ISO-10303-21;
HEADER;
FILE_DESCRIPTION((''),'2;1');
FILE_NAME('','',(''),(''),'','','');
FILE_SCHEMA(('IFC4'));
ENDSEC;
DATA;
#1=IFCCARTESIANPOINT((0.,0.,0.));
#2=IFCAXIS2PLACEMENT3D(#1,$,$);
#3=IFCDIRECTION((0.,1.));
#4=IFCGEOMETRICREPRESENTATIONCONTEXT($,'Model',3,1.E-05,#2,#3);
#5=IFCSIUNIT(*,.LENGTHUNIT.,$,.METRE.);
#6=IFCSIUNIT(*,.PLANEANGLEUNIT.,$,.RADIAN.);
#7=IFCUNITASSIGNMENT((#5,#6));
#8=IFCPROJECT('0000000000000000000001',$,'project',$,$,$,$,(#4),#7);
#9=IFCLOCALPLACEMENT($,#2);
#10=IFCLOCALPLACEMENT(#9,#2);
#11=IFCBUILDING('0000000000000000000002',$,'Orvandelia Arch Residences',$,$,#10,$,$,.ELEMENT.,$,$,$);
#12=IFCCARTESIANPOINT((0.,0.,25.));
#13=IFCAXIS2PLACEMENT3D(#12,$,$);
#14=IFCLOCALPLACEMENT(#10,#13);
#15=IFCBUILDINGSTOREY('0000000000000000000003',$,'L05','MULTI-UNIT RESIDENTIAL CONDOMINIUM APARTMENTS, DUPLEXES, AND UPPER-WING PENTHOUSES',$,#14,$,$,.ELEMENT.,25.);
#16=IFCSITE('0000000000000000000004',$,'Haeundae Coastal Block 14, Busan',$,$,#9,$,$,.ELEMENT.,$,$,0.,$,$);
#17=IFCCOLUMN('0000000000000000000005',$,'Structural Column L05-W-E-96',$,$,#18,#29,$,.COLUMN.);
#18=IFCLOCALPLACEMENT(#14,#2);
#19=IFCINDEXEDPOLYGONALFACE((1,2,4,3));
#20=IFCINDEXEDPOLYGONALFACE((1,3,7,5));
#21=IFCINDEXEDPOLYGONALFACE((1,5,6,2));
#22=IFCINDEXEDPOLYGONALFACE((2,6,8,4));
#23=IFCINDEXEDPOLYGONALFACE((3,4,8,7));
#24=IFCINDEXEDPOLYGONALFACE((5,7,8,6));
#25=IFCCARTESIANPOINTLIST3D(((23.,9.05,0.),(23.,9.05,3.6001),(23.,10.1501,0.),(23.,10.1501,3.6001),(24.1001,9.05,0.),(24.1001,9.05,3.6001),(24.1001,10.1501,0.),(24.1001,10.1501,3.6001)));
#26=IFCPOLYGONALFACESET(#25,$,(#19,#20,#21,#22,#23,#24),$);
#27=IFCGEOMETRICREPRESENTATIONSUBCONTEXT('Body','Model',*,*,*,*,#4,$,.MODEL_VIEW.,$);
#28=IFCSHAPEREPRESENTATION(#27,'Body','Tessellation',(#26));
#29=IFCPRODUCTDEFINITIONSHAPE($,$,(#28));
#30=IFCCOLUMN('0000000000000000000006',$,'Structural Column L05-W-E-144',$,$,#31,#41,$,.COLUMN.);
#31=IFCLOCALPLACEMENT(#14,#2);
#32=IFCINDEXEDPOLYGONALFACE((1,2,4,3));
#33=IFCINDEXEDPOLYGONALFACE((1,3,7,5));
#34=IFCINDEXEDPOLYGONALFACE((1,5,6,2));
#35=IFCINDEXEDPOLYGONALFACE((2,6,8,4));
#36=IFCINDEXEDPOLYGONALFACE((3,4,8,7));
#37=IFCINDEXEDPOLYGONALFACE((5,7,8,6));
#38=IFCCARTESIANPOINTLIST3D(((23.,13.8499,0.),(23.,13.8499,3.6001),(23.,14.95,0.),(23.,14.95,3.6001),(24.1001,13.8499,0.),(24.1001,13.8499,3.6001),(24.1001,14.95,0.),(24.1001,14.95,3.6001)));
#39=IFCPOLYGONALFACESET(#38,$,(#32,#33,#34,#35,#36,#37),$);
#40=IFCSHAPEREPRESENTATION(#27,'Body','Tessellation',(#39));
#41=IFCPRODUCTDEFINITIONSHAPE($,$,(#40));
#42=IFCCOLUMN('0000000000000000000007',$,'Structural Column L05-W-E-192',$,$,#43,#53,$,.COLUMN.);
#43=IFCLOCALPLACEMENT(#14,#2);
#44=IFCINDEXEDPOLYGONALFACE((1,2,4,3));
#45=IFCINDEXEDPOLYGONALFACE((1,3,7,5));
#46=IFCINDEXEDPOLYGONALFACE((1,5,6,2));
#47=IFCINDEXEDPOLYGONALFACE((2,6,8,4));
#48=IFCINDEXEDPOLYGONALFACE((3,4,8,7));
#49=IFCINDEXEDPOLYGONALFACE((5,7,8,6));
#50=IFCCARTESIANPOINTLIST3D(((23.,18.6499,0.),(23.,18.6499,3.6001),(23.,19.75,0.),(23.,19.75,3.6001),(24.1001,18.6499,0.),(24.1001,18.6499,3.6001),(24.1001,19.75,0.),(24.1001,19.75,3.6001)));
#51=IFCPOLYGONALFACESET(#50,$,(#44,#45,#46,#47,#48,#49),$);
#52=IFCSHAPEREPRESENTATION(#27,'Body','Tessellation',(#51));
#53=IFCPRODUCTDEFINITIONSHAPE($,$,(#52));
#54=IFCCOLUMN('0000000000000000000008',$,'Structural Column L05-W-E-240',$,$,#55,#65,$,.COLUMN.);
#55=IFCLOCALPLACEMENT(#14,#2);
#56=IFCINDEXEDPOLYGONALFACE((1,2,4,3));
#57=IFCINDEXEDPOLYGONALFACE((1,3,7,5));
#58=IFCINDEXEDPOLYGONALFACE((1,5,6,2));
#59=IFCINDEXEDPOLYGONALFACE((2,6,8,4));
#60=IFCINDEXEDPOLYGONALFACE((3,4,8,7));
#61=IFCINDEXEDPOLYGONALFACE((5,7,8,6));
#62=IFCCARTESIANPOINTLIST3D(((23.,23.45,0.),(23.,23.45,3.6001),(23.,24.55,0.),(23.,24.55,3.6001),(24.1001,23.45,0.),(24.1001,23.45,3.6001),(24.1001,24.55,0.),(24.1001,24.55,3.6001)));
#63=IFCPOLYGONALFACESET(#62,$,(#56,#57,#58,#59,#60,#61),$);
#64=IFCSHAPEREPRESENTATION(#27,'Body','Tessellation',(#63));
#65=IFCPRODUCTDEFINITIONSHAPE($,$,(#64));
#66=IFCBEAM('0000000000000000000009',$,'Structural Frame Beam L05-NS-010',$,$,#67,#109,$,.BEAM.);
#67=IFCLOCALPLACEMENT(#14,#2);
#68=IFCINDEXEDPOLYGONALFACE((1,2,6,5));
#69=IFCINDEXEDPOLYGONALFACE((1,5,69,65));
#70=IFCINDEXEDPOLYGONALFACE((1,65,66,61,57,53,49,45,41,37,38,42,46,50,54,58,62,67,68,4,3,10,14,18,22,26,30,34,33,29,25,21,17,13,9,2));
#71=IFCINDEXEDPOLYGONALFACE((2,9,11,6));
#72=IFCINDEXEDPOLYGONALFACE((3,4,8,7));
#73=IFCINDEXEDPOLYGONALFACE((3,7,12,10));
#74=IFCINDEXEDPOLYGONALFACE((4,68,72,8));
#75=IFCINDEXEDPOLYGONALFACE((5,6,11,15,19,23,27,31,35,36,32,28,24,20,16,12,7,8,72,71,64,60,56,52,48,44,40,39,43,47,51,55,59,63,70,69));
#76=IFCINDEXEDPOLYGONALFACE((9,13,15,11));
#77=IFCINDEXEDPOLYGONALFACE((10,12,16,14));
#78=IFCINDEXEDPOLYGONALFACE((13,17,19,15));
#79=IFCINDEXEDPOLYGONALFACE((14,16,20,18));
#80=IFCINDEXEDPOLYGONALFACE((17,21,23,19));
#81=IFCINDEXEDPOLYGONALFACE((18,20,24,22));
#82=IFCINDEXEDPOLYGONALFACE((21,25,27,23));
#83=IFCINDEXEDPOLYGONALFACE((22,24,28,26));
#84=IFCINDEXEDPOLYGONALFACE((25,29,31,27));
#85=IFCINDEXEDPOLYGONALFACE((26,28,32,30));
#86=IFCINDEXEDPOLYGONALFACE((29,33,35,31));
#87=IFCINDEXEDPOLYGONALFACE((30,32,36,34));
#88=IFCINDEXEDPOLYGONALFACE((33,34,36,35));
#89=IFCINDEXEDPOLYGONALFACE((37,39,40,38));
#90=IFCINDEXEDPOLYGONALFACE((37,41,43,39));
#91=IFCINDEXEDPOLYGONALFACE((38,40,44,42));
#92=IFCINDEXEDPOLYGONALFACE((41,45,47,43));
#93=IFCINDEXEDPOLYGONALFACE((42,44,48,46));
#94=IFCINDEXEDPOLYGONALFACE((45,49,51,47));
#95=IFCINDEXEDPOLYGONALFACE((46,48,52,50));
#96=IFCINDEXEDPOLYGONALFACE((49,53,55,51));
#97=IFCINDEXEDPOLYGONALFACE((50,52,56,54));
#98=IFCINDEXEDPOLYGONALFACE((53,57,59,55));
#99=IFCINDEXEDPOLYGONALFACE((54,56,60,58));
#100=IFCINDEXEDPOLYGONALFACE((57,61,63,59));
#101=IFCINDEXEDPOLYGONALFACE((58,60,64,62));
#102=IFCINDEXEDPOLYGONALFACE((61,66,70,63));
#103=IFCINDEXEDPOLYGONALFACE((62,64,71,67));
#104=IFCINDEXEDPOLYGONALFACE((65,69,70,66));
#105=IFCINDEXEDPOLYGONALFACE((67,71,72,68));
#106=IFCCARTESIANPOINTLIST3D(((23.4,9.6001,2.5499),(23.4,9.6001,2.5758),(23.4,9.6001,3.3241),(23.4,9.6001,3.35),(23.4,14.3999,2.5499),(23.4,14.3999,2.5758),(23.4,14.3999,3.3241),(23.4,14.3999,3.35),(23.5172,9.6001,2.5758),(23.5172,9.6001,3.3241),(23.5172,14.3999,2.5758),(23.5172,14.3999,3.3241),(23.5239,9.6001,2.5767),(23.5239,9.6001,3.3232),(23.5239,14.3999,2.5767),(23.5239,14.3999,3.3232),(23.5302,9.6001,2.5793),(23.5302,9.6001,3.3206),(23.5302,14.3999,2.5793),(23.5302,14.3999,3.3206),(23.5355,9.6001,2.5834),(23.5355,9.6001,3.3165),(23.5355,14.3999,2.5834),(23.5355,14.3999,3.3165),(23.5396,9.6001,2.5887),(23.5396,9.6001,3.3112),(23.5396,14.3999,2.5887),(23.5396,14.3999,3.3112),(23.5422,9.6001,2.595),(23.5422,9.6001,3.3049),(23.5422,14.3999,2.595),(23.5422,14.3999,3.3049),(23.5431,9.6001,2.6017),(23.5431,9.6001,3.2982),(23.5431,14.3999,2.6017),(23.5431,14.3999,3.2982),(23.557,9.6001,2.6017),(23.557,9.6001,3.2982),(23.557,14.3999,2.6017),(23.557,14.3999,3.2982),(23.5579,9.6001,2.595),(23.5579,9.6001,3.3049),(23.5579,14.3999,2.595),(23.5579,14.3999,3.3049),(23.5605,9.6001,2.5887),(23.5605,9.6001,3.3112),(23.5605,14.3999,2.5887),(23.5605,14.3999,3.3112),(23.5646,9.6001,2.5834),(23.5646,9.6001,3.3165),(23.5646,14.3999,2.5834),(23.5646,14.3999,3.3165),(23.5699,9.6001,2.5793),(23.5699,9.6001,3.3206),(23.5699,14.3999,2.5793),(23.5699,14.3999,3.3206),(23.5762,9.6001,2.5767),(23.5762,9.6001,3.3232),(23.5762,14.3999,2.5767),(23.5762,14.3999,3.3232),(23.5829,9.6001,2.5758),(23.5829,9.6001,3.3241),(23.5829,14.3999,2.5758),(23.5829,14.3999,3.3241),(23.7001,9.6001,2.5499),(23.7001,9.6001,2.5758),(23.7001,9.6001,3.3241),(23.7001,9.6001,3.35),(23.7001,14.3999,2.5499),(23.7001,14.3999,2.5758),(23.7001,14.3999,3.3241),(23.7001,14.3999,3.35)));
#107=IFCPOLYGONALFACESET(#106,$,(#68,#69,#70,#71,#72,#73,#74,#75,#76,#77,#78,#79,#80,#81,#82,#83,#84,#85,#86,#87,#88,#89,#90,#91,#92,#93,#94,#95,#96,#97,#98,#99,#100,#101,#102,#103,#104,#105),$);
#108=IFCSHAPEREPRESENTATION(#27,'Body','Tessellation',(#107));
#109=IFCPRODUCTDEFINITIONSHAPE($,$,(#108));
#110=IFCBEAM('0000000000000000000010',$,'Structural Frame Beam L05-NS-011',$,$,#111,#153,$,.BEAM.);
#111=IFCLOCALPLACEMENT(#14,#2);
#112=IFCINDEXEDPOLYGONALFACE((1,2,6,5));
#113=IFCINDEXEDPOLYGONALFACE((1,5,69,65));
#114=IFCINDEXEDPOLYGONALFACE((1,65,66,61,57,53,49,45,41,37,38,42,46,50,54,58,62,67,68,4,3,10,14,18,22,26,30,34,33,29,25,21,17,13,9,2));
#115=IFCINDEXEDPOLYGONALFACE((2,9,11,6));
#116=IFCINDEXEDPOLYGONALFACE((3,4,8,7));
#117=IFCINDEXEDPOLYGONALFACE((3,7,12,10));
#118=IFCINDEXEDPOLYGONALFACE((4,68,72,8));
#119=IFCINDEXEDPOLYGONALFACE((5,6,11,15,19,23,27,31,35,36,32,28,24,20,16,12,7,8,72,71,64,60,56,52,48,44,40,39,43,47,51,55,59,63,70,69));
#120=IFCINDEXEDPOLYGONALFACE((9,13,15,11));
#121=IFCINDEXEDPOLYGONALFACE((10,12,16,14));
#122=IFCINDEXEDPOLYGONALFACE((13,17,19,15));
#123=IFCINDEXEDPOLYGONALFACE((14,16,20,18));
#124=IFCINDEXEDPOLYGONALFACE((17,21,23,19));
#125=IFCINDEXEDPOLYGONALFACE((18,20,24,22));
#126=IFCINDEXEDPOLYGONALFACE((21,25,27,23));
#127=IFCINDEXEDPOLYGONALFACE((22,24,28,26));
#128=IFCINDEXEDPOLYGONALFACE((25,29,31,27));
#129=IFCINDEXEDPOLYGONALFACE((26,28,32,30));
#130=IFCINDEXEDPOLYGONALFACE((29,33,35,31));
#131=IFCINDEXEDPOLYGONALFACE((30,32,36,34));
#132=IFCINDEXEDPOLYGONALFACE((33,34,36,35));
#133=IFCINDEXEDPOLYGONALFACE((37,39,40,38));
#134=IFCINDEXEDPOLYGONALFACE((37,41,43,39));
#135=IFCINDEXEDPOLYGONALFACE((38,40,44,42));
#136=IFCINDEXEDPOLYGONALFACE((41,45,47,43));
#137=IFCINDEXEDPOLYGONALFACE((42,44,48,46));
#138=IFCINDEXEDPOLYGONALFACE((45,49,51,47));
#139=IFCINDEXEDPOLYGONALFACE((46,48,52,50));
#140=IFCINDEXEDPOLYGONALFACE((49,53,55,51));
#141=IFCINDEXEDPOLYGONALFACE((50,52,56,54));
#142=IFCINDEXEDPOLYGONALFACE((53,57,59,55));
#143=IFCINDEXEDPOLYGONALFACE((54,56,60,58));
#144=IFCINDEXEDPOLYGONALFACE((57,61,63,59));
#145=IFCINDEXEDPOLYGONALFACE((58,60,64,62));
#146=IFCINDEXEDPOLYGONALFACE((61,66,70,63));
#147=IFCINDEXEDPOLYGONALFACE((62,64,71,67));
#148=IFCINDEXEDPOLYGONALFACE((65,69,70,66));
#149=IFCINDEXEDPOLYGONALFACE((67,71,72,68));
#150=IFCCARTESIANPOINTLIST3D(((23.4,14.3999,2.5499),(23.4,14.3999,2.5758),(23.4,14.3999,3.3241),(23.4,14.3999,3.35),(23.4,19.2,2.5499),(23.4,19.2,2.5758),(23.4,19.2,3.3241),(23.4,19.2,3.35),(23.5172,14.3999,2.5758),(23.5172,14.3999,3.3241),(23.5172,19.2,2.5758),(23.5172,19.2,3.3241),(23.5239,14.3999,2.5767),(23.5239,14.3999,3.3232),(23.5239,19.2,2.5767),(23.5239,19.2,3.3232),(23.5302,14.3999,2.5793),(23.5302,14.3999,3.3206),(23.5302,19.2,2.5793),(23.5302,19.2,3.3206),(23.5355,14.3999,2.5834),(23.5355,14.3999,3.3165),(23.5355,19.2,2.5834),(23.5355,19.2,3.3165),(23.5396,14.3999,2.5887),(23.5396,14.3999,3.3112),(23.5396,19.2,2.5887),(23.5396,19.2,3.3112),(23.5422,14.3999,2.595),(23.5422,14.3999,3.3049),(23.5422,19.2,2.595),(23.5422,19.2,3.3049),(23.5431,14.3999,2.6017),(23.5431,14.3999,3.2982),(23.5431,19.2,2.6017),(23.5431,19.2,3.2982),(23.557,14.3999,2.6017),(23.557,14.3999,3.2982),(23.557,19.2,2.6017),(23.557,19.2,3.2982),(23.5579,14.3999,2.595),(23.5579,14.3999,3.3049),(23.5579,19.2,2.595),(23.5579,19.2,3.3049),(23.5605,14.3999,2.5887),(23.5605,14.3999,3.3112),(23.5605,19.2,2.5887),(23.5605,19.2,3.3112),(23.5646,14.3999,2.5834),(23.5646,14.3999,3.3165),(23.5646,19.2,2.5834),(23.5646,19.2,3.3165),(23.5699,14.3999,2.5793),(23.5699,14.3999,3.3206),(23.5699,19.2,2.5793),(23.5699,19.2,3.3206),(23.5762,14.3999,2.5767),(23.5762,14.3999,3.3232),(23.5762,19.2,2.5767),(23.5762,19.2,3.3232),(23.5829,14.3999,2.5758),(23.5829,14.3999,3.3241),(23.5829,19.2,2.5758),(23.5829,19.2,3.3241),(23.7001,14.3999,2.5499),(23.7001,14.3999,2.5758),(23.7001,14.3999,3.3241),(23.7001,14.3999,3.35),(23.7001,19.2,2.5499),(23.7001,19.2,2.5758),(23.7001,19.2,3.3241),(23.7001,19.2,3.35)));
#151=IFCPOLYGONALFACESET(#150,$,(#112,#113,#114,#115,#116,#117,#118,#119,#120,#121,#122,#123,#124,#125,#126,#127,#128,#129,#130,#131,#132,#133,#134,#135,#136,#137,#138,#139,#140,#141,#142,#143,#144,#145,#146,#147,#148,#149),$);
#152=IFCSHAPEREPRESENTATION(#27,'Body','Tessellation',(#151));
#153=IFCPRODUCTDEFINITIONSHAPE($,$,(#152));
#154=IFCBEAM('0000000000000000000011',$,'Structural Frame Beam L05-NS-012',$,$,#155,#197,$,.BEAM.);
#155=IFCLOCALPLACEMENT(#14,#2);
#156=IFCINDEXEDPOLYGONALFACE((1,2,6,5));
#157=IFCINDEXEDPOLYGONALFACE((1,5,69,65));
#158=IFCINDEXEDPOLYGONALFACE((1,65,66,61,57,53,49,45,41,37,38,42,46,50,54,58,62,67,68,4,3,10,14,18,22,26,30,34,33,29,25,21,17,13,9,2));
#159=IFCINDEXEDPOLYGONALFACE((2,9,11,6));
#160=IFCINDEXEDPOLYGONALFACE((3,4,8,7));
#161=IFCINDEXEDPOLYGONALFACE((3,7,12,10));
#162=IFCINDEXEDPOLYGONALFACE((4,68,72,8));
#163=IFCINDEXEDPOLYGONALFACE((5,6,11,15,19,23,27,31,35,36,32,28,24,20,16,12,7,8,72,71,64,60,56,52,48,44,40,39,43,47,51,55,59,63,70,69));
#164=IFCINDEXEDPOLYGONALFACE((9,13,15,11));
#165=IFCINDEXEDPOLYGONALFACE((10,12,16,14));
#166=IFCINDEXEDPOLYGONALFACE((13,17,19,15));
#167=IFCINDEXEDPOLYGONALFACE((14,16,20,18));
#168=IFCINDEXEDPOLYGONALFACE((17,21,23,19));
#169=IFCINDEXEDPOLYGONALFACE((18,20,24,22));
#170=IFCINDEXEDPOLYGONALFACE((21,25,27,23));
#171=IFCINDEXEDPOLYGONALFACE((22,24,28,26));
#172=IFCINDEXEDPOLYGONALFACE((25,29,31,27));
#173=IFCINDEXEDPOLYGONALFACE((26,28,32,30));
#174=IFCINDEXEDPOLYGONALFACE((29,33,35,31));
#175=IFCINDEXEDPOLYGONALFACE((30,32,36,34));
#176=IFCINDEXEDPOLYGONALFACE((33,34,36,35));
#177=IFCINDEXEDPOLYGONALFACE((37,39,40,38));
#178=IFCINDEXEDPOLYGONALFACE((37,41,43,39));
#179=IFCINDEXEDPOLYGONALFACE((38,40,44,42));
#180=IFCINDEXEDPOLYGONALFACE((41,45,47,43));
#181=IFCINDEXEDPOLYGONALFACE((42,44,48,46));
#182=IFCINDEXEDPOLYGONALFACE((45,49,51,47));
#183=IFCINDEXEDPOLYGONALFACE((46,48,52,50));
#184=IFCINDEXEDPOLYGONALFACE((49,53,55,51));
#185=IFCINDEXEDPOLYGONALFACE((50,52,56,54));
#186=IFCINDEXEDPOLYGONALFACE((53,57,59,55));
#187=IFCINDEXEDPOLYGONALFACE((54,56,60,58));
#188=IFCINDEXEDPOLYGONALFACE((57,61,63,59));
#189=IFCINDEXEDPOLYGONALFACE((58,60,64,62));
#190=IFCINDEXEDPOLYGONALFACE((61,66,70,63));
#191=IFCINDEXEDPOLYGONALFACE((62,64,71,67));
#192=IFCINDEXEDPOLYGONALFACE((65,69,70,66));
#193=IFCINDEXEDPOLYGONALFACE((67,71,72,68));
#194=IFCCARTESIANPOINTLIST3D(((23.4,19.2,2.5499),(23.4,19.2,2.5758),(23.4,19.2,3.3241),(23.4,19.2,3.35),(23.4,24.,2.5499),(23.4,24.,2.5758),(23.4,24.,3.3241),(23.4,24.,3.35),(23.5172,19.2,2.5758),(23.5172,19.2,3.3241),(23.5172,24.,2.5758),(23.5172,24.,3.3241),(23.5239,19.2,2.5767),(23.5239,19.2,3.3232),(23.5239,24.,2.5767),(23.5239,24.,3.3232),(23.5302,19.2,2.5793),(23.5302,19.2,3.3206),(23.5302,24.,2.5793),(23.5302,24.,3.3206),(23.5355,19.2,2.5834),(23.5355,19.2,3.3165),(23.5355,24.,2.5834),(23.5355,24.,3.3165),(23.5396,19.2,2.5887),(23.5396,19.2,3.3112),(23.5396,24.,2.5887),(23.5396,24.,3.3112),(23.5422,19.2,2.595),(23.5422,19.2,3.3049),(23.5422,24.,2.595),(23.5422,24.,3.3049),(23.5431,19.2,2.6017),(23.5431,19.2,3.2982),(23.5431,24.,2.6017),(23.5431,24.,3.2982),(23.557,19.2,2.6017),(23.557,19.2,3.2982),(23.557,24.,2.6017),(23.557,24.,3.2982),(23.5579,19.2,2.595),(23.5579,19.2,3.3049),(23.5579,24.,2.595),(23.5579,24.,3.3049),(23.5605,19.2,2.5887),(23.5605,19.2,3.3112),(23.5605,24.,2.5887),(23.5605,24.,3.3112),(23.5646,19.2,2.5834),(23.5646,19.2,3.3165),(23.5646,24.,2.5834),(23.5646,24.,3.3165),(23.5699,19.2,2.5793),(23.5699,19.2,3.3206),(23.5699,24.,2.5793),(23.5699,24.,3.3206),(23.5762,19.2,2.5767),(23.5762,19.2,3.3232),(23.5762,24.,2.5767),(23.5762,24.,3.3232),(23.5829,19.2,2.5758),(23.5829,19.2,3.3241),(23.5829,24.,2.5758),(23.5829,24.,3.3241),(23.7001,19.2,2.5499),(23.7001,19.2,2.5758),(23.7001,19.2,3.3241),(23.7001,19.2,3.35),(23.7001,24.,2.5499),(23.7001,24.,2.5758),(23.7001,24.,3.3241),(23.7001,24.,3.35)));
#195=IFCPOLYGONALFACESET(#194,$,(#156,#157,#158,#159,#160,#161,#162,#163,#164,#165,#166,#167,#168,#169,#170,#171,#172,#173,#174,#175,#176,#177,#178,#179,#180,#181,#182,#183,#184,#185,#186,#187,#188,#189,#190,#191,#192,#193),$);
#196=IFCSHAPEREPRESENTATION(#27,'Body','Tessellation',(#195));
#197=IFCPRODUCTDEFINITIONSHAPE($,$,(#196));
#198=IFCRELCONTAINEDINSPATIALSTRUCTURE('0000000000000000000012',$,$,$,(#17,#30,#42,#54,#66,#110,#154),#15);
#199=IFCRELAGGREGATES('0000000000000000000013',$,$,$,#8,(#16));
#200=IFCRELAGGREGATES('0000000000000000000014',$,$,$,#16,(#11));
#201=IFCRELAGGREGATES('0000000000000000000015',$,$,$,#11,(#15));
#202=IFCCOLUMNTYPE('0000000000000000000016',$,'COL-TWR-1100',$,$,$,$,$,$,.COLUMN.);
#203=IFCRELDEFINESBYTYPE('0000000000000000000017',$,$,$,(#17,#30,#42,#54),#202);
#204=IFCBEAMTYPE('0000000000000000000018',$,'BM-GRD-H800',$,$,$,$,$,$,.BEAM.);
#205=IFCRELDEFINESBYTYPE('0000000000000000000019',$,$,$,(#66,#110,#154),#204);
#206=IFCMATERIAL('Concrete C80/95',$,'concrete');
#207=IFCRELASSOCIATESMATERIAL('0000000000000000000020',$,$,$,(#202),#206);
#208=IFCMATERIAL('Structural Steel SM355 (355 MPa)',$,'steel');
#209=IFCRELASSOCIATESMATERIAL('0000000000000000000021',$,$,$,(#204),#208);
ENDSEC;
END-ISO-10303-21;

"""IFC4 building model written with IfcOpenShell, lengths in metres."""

from ifc_helpers import new_model, si_unit, direction, frame, origin, origin_2d, place, context, subcontext, project, spatial, rectangle, i_section, extrude, material, material_profile, profile_set, type_object, element, save


model = new_model("IFC4")

# Units and contexts
model_context = context("Model", 3, precision=1e-05, world=origin(), true_north=direction((0.0, 1.0)))
body_context = subcontext(model_context, "Body", "Model", "MODEL_VIEW")
ifc_project = project(units=[si_unit("LENGTHUNIT", "METRE"), si_unit("PLANEANGLEUNIT", "RADIAN")], contexts=[model_context])

# Site, building, storey
site_placement = place(None, origin())
site = spatial("IfcSite", under=ifc_project, at=site_placement, Name="Haeundae Coastal Block 14, Busan", CompositionType="ELEMENT", RefElevation=0.0)
building_placement = place(site_placement, origin())
building = spatial("IfcBuilding", under=site, at=building_placement, Name="Orvandelia Arch Residences", CompositionType="ELEMENT")
storey_placement = place(building_placement, frame((0.0, 0.0, 25.0)))
storey = spatial("IfcBuildingStorey", under=building, at=storey_placement, Name="L05", Description="MULTI-UNIT RESIDENTIAL CONDOMINIUM APARTMENTS, DUPLEXES, AND UPPER-WING PENTHOUSES", CompositionType="ELEMENT", Elevation=25.0)

# Columns
ifc_material_1 = material(Name="Concrete C80/95", Category="concrete")
ifc_material_profile_1 = material_profile(ifc_material_1, rectangle(XDim=1.1001, YDim=1.1001, at=origin_2d()), Name="Concrete C80/95", Category="concrete")
ifc_profile_set_1 = profile_set([ifc_material_profile_1], Name="Concrete C80/95")
column_type = type_object("IfcColumnType", Name="COL-TWR-1100", PredefinedType="COLUMN", material=ifc_profile_set_1)
for number, where, z_axis, x_axis, name in (
    (1, (23.55, 9.6001, 0.0), (0.0, 0.0, 1.0), (1.0, 0.0, 0.0), "Structural Column L05-W-E-96"),
    (2, (23.55, 14.3999, 0.0), (0.0, 0.0, 1.0), (1.0, 0.0, 0.0), "Structural Column L05-W-E-144"),
    (3, (23.55, 19.2, 0.0), (0.0, 0.0, 1.0), (1.0, 0.0, 0.0), "Structural Column L05-W-E-192"),
    (4, (23.55, 24.0, 0.0), (0.0, 0.0, 1.0), (1.0, 0.0, 0.0), "Structural Column L05-W-E-240"),
):
    element("IfcColumn", number, at=place(storey_placement, frame(where, z_axis=z_axis, x_axis=x_axis)), inside=storey, type_object=column_type, Name=name, PredefinedType="COLUMN", context=body_context, shape_type="SweptSolid", body=[
        extrude(rectangle(XDim=1.1001, YDim=1.1001, at=origin_2d()), origin(), (0.0, 0.0, 1.0), 3.6001),
    ])

# Beams
ifc_material_2 = material(Name="Structural Steel SM355 (355 MPa)", Category="steel")
ifc_material_profile_2 = material_profile(ifc_material_2, i_section(OverallWidth=0.3, OverallDepth=0.8, WebThickness=0.0139, FlangeThickness=0.0259, FilletRadius=0.0259, at=origin_2d()), Name="Structural Steel SM355 (355 MPa)", Category="steel")
ifc_profile_set_2 = profile_set([ifc_material_profile_2], Name="Structural Steel SM355 (355 MPa)")
beam_type = type_object("IfcBeamType", Name="BM-GRD-H800", PredefinedType="BEAM", material=ifc_profile_set_2)
beam_1_placement = place(storey_placement, frame((23.55, 9.6001, 2.95), z_axis=(0.0, 1.0, 0.0), x_axis=(-1.0, 0.0, 0.0)))
element("IfcBeam", 5, at=beam_1_placement, inside=storey, type_object=beam_type, Name="Structural Frame Beam L05-NS-010", PredefinedType="BEAM", context=body_context, shape_type="SweptSolid", body=[
    extrude(i_section(OverallWidth=0.3, OverallDepth=0.8, WebThickness=0.0139, FlangeThickness=0.0259, FilletRadius=0.0259, at=origin_2d()), origin(), (0.0, 0.0, 1.0), 4.7998),
])
for number, where, z_axis, x_axis, name in (
    (6, (23.55, 14.3999, 2.95), (0.0, 1.0, 0.0), (-1.0, 0.0, 0.0), "Structural Frame Beam L05-NS-011"),
    (7, (23.55, 19.2, 2.95), (0.0, 1.0, 0.0), (-1.0, 0.0, 0.0), "Structural Frame Beam L05-NS-012"),
):
    element("IfcBeam", number, at=place(storey_placement, frame(where, z_axis=z_axis, x_axis=x_axis)), inside=storey, type_object=beam_type, Name=name, PredefinedType="BEAM", context=body_context, shape_type="SweptSolid", body=[
        extrude(i_section(OverallWidth=0.3, OverallDepth=0.8, WebThickness=0.0139, FlangeThickness=0.0259, FilletRadius=0.0259, at=origin_2d()), origin(), (0.0, 0.0, 1.0), 4.8),
    ])

save(model, "model.ifc")
